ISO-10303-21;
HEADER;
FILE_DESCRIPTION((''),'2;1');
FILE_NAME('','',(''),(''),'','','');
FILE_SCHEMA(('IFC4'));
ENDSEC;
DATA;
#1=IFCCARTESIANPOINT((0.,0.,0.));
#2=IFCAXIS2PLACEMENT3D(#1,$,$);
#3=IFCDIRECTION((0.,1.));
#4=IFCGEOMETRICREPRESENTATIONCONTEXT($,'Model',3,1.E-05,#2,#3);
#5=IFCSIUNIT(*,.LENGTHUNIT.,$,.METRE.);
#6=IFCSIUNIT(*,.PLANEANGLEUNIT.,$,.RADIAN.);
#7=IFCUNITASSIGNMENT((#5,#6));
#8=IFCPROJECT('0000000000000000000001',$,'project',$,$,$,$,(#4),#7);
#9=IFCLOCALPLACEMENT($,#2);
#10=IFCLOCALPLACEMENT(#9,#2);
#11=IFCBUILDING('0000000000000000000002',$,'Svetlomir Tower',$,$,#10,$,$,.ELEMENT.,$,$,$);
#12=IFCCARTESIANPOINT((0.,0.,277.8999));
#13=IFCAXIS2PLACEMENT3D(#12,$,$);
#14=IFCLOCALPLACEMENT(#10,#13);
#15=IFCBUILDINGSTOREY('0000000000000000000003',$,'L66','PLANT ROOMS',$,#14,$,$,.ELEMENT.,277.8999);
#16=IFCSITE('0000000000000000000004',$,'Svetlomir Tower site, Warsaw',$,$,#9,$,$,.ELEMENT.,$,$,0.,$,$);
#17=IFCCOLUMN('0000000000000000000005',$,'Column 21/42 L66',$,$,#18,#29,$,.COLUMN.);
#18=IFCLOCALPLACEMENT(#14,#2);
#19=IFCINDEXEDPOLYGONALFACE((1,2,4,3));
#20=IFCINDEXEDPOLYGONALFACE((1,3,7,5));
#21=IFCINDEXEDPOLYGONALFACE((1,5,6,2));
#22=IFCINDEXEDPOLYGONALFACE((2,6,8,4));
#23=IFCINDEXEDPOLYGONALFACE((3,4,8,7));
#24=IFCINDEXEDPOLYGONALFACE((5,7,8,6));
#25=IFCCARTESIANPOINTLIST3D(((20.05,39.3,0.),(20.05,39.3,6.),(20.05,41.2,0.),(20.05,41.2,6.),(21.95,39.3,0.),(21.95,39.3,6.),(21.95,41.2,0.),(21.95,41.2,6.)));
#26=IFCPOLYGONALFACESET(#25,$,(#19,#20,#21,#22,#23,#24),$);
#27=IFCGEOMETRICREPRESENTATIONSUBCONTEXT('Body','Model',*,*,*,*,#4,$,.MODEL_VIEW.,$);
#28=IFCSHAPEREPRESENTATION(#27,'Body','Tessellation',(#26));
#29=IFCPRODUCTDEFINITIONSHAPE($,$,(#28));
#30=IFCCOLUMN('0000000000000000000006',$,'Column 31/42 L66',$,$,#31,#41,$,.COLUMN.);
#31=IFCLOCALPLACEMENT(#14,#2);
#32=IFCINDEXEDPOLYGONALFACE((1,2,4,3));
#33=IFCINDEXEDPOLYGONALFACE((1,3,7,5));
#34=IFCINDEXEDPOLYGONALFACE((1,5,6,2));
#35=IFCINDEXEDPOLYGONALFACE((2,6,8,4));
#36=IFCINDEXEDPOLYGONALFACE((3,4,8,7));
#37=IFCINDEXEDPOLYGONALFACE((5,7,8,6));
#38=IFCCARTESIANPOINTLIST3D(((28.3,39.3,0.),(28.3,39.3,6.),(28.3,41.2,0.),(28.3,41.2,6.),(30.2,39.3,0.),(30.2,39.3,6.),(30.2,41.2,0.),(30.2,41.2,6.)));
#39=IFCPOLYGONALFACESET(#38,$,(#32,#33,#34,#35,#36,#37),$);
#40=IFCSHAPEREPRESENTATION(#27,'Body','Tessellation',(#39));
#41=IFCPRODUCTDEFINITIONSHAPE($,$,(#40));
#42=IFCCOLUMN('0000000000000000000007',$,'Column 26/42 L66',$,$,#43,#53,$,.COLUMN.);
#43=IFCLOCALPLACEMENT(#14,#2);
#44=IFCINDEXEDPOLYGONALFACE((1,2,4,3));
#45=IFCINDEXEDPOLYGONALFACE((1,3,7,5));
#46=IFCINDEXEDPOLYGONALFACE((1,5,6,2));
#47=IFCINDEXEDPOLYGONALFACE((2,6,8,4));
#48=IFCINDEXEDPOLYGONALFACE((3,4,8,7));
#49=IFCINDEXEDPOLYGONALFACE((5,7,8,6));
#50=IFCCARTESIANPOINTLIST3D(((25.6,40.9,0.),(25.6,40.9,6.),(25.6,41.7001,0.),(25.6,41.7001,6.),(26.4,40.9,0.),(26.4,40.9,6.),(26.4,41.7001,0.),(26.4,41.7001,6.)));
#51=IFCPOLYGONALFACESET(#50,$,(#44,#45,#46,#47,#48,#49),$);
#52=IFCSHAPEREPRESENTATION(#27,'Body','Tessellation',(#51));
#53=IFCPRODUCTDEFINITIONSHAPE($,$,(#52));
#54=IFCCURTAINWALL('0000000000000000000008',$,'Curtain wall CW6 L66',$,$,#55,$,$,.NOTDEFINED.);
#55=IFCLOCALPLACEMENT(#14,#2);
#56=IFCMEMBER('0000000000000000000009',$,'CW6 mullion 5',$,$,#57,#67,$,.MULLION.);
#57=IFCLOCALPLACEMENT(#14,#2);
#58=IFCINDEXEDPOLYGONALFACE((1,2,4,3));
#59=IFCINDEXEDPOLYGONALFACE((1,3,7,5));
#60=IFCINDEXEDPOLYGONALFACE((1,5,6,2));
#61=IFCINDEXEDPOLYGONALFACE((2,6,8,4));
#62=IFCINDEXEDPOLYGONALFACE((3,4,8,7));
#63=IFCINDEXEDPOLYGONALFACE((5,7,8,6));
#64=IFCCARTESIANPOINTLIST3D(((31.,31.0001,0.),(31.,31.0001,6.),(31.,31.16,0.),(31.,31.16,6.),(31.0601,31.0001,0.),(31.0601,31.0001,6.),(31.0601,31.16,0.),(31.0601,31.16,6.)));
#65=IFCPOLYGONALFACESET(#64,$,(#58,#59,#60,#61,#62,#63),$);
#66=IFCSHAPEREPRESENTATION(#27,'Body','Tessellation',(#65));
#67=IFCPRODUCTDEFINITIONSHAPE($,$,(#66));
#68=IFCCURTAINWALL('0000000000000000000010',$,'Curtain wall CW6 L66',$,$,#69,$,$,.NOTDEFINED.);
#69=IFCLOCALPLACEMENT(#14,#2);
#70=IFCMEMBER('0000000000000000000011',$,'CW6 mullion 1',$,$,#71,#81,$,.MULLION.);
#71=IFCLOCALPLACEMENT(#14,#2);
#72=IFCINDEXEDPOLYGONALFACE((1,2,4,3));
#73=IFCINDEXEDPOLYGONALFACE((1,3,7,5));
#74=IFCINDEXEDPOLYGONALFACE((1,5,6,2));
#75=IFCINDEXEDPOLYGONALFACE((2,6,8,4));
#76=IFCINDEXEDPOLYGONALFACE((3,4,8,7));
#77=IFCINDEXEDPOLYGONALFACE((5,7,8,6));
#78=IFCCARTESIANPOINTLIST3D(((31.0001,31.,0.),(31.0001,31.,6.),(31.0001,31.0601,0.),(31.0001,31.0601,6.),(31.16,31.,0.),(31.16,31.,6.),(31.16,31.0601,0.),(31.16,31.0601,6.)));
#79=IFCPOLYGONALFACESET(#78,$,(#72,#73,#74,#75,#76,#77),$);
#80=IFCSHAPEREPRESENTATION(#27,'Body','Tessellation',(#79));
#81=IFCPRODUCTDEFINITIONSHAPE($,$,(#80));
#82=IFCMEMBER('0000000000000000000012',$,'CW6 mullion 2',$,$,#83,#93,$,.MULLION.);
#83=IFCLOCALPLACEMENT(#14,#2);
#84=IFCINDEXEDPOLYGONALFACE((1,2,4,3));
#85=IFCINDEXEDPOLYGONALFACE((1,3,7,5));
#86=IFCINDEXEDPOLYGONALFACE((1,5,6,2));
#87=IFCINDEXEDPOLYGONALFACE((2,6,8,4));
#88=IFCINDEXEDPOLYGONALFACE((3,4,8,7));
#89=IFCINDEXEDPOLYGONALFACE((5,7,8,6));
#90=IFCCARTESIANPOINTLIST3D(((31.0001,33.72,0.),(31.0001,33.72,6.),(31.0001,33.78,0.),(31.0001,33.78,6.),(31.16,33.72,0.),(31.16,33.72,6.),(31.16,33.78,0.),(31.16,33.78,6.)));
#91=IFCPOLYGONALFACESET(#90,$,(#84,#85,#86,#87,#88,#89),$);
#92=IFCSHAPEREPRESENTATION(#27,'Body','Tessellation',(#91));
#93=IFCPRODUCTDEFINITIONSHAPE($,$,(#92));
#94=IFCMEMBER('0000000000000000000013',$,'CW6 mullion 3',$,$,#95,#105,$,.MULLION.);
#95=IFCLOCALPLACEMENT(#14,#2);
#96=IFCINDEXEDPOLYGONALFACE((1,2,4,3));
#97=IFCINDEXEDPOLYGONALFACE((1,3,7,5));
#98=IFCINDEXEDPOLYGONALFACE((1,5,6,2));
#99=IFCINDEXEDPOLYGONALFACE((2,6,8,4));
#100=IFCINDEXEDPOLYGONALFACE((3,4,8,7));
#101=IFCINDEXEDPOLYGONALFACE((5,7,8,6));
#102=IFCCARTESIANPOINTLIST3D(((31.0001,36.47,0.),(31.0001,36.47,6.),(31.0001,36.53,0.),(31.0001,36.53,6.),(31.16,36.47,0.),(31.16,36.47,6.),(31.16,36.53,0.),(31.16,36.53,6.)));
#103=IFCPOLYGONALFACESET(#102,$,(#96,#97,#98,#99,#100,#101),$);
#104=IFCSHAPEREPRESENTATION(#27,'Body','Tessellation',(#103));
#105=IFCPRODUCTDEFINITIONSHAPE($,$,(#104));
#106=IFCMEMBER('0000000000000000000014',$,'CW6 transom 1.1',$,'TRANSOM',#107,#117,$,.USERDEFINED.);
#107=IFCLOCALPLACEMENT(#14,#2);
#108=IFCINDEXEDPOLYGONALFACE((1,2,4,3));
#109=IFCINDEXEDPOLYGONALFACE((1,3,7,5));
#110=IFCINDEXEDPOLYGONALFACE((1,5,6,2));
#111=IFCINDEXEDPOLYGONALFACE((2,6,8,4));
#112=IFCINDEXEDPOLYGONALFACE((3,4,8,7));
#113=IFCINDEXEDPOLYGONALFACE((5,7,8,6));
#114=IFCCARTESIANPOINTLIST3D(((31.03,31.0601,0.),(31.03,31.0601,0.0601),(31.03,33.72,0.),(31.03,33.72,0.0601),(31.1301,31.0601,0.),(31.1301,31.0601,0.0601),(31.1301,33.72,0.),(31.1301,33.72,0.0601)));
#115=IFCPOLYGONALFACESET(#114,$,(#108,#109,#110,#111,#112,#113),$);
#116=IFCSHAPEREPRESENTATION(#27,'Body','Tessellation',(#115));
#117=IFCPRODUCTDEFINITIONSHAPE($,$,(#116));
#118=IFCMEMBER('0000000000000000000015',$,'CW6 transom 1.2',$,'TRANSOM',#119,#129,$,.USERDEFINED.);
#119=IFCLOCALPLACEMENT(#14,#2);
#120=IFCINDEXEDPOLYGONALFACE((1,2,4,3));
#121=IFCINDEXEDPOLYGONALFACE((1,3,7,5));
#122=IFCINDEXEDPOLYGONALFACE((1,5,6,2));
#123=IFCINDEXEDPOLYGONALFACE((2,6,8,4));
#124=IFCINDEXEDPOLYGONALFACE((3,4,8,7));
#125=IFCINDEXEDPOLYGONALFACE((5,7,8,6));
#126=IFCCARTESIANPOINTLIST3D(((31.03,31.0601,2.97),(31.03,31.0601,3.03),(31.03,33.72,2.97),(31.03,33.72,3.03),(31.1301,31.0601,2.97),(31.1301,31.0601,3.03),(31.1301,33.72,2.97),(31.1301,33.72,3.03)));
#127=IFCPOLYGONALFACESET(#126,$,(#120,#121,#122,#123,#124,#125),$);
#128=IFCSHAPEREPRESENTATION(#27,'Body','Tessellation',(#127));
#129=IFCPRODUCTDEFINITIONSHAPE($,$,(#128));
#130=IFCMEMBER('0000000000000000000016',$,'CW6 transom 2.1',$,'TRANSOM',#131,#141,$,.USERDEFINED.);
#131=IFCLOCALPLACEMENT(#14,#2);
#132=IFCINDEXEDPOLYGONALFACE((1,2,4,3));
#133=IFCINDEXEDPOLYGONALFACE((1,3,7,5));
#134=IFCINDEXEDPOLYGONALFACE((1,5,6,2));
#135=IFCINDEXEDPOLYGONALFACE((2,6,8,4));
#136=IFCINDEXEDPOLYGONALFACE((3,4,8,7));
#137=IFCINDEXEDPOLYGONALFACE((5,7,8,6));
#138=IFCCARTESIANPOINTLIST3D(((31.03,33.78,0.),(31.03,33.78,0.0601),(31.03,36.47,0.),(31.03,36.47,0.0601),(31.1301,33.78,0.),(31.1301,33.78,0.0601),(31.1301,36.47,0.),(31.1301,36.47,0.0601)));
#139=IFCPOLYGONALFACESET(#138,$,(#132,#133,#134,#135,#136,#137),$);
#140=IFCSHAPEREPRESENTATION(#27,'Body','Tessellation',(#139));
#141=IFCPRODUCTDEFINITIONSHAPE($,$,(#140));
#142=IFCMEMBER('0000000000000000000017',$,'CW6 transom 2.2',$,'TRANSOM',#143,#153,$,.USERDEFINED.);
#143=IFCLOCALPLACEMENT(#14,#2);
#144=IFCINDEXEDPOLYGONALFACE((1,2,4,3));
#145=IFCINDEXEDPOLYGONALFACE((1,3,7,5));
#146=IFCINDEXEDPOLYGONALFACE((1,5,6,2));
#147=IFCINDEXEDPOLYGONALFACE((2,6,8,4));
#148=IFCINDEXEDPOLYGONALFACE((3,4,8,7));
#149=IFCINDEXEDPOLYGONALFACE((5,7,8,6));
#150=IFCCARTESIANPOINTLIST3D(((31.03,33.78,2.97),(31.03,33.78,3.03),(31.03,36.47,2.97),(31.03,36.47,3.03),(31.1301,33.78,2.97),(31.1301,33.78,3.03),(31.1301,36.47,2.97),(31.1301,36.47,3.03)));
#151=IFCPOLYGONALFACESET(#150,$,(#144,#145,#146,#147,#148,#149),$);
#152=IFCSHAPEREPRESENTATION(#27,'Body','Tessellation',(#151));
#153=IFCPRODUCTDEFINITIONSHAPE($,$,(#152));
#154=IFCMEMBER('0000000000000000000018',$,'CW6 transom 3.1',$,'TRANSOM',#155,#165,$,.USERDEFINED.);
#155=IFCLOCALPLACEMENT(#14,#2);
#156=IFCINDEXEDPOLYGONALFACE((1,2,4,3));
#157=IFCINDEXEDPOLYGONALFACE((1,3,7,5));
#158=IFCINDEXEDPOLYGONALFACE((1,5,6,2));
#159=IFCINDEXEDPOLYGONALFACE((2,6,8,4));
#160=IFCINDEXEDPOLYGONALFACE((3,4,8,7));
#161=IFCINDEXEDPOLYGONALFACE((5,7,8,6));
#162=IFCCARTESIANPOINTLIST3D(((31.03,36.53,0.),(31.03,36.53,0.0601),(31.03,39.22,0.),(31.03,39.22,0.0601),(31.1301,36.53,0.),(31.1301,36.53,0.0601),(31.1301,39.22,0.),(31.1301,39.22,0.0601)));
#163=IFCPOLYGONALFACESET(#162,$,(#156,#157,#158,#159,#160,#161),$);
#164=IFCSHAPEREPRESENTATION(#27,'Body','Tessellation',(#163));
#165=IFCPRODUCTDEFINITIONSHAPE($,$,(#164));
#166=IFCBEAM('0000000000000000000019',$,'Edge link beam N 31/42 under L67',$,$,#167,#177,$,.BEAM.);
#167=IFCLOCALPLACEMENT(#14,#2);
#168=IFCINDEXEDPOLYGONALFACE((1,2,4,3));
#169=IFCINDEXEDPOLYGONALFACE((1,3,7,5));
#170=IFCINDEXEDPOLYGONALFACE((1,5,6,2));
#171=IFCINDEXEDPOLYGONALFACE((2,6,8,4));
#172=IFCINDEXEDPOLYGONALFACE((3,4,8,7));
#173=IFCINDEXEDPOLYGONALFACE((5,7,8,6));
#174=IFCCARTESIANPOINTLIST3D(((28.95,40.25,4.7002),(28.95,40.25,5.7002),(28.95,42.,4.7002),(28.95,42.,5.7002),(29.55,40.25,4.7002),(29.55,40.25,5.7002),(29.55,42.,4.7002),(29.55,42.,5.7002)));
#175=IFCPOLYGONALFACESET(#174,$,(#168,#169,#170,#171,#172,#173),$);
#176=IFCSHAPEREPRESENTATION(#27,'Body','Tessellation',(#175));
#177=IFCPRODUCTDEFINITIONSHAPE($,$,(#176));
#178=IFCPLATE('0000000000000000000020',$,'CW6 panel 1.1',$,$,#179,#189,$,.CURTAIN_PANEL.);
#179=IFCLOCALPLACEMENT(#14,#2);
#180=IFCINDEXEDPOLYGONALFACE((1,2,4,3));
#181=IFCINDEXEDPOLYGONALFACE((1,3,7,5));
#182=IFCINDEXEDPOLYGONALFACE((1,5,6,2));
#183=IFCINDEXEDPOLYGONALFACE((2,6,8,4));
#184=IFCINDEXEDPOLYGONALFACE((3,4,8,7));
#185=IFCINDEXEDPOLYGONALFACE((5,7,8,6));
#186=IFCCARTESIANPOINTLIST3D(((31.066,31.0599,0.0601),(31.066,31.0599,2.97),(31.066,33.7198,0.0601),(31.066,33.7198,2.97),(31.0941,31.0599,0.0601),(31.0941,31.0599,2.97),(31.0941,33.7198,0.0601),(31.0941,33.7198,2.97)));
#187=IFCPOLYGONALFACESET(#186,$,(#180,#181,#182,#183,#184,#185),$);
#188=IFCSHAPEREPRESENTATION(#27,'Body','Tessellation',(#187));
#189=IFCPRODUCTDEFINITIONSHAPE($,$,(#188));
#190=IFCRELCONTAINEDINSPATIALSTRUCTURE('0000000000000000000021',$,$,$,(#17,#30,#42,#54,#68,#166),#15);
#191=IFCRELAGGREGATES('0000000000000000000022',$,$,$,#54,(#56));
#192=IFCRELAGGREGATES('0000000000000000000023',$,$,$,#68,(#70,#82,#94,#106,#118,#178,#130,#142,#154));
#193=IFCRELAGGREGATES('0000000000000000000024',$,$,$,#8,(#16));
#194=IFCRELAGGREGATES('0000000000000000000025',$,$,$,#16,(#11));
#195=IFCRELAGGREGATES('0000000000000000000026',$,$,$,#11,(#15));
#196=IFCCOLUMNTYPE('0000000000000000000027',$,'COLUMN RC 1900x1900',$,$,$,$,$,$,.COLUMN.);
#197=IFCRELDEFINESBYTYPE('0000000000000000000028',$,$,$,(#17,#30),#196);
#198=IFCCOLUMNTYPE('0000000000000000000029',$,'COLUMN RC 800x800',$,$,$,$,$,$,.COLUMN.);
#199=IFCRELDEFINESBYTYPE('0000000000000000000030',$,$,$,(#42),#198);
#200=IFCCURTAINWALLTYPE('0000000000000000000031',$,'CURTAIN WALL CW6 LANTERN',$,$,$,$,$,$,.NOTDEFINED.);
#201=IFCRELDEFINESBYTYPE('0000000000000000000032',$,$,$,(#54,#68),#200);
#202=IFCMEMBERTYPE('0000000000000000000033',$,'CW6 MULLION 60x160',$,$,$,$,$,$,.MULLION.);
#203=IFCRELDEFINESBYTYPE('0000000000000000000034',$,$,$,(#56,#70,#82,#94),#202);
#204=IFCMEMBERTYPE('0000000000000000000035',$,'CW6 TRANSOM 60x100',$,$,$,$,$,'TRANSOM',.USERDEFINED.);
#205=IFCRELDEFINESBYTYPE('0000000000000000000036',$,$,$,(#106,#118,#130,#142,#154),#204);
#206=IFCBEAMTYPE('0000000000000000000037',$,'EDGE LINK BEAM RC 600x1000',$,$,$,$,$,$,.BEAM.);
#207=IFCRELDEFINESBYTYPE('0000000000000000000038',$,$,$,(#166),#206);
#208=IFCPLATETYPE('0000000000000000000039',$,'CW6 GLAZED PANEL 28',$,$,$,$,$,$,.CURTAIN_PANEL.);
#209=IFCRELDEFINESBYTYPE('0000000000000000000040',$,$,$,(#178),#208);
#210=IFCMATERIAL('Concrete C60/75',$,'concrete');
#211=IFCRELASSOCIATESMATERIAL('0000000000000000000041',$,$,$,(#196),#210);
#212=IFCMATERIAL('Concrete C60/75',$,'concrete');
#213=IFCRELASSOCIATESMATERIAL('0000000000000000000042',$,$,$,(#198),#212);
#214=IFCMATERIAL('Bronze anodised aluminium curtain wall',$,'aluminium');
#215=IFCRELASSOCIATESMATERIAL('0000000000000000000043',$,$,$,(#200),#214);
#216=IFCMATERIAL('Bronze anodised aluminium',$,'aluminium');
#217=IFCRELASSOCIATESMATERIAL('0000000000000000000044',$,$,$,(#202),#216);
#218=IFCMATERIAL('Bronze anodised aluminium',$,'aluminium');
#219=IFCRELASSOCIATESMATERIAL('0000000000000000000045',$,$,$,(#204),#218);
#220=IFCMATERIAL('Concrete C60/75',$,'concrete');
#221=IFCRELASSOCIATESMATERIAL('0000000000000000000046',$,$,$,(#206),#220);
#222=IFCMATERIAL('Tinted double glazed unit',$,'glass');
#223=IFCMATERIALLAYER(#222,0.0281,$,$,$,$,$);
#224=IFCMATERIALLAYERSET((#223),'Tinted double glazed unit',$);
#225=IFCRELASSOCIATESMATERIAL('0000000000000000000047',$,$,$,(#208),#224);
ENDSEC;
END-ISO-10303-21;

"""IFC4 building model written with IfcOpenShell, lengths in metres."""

from ifc_helpers import new_model, si_unit, direction, frame, origin, origin_2d, place, context, subcontext, project, spatial, rectangle, extrude, material, layer, layer_set, material_profile, profile_set, type_object, element, aggregate, save


model = new_model("IFC4")

# Units and contexts
model_context = context("Model", 3, precision=1e-05, world=origin(), true_north=direction((0.0, 1.0)))
body_context = subcontext(model_context, "Body", "Model", "MODEL_VIEW")
ifc_project = project(units=[si_unit("LENGTHUNIT", "METRE"), si_unit("PLANEANGLEUNIT", "RADIAN")], contexts=[model_context])

# Site, building, storey
site_placement = place(None, origin())
site = spatial("IfcSite", under=ifc_project, at=site_placement, Name="Svetlomir Tower site, Warsaw", CompositionType="ELEMENT", RefElevation=0.0)
building_placement = place(site_placement, origin())
building = spatial("IfcBuilding", under=site, at=building_placement, Name="Svetlomir Tower", CompositionType="ELEMENT")
storey_placement = place(building_placement, frame((0.0, 0.0, 277.8999)))
storey = spatial("IfcBuildingStorey", under=building, at=storey_placement, Name="L66", Description="PLANT ROOMS", CompositionType="ELEMENT", Elevation=277.8999)

# Columns
ifc_material_1 = material(Name="Concrete C60/75", Category="concrete")
ifc_material_profile_1 = material_profile(ifc_material_1, rectangle(XDim=1.8999, YDim=1.8999, at=origin_2d()), Name="RC 1900x1900")
ifc_profile_set_1 = profile_set([ifc_material_profile_1], Name="Concrete C60/75")
column_type_1 = type_object("IfcColumnType", Name="COLUMN RC 1900x1900", PredefinedType="COLUMN", material=ifc_profile_set_1)
for number, where, z_axis, x_axis, name in (
    (1, (21.0, 40.25, 0.0), (0.0, 0.0, 1.0), (1.0, 0.0, 0.0), "Column 21/42 L66"),
    (2, (29.25, 40.25, 0.0), (0.0, 0.0, 1.0), (1.0, 0.0, 0.0), "Column 31/42 L66"),
):
    element("IfcColumn", number, at=place(storey_placement, frame(where, z_axis=z_axis, x_axis=x_axis)), inside=storey, type_object=column_type_1, Name=name, PredefinedType="COLUMN", context=body_context, shape_type="SweptSolid", body=[
        extrude(rectangle(XDim=1.8999, YDim=1.8999, at=origin_2d()), origin(), (0.0, 0.0, 1.0), 6.0),
    ])
ifc_material_2 = material(Name="Concrete C60/75", Category="concrete")
ifc_material_profile_2 = material_profile(ifc_material_2, rectangle(XDim=0.8, YDim=0.8, at=origin_2d()), Name="RC 800x800")
ifc_profile_set_2 = profile_set([ifc_material_profile_2], Name="Concrete C60/75")
column_type_2 = type_object("IfcColumnType", Name="COLUMN RC 800x800", PredefinedType="COLUMN", material=ifc_profile_set_2)
column_placement = place(storey_placement, frame((26.0, 41.3, 0.0), z_axis=(0.0, 0.0, 1.0), x_axis=(1.0, 0.0, 0.0)))
element("IfcColumn", 3, at=column_placement, inside=storey, type_object=column_type_2, Name="Column 26/42 L66", PredefinedType="COLUMN", context=body_context, shape_type="SweptSolid", body=[
    extrude(rectangle(XDim=0.8, YDim=0.8, at=origin_2d()), origin(), (0.0, 0.0, 1.0), 6.0),
])

# Curtain wall, member
ifc_material_3 = material(Name="Bronze anodised aluminium curtain wall", Category="aluminium")
curtain_wall_type = type_object("IfcCurtainWallType", Name="CURTAIN WALL CW6 LANTERN", PredefinedType="NOTDEFINED", material=ifc_material_3)
curtain_wall_1_placement = place(storey_placement, origin())
curtain_wall_1 = element("IfcCurtainWall", 4, at=curtain_wall_1_placement, inside=storey, type_object=curtain_wall_type, Name="Curtain wall CW6 L66", PredefinedType="NOTDEFINED")
ifc_material_4 = material(Name="Bronze anodised aluminium", Category="aluminium")
ifc_material_profile_3 = material_profile(ifc_material_4, rectangle(XDim=0.0601, YDim=0.1599, at=origin_2d()), Name="AL 60x160")
ifc_profile_set_3 = profile_set([ifc_material_profile_3], Name="Bronze anodised aluminium 6063-T6")
member_type_1 = type_object("IfcMemberType", Name="CW6 MULLION 60x160", PredefinedType="MULLION", material=ifc_profile_set_3)
member_1_placement = place(storey_placement, frame((31.03, 31.0801, 0.0), z_axis=(0.0, 0.0, 1.0), x_axis=(-1.0, 0.0, 0.0)))
member_1 = element("IfcMember", 5, at=member_1_placement, type_object=member_type_1, Name="CW6 mullion 5", PredefinedType="MULLION", context=body_context, shape_type="SweptSolid", body=[
    extrude(rectangle(XDim=0.0601, YDim=0.1599, at=origin_2d()), origin(), (0.0, 0.0, 1.0), 6.0),
])
aggregate(curtain_wall_1, [member_1])

# Curtain wall, members
curtain_wall_2_placement = place(storey_placement, origin())
curtain_wall_2 = element("IfcCurtainWall", 6, at=curtain_wall_2_placement, inside=storey, type_object=curtain_wall_type, Name="Curtain wall CW6 L66", PredefinedType="NOTDEFINED")
member_2_placement = place(storey_placement, frame((31.0801, 31.03, 0.0), z_axis=(0.0, 0.0, 1.0), x_axis=(0.0, 1.0, 0.0)))
member_2 = element("IfcMember", 7, at=member_2_placement, type_object=member_type_1, Name="CW6 mullion 1", PredefinedType="MULLION", context=body_context, shape_type="SweptSolid", body=[
    extrude(rectangle(XDim=0.0601, YDim=0.1599, at=origin_2d()), origin(), (0.0, 0.0, 1.0), 6.0),
])
member_3_placement = place(storey_placement, frame((31.0801, 33.75, 0.0), z_axis=(0.0, 0.0, 1.0), x_axis=(0.0, 1.0, 0.0)))
member_3 = element("IfcMember", 8, at=member_3_placement, type_object=member_type_1, Name="CW6 mullion 2", PredefinedType="MULLION", context=body_context, shape_type="SweptSolid", body=[
    extrude(rectangle(XDim=0.0601, YDim=0.1599, at=origin_2d()), origin(), (0.0, 0.0, 1.0), 6.0),
])
member_4_placement = place(storey_placement, frame((31.0801, 36.5, 0.0), z_axis=(0.0, 0.0, 1.0), x_axis=(0.0, 1.0, 0.0)))
member_4 = element("IfcMember", 9, at=member_4_placement, type_object=member_type_1, Name="CW6 mullion 3", PredefinedType="MULLION", context=body_context, shape_type="SweptSolid", body=[
    extrude(rectangle(XDim=0.0601, YDim=0.1599, at=origin_2d()), origin(), (0.0, 0.0, 1.0), 6.0),
])
ifc_material_5 = material(Name="Bronze anodised aluminium", Category="aluminium")
ifc_material_profile_4 = material_profile(ifc_material_5, rectangle(XDim=0.1001, YDim=0.0601, at=origin_2d()), Name="AL 100x60")
ifc_profile_set_4 = profile_set([ifc_material_profile_4], Name="Bronze anodised aluminium 6063-T6")
member_type_2 = type_object("IfcMemberType", Name="CW6 TRANSOM 60x100", ElementType="TRANSOM", PredefinedType="USERDEFINED", material=ifc_profile_set_4)
member_5_placement = place(storey_placement, frame((31.0801, 31.0601, 0.03), z_axis=(0.0, 1.0, 0.0), x_axis=(-1.0, 0.0, 0.0)))
member_5 = element("IfcMember", 10, at=member_5_placement, type_object=member_type_2, Name="CW6 transom 1.1", ObjectType="TRANSOM", PredefinedType="USERDEFINED", context=body_context, shape_type="SweptSolid", body=[
    extrude(rectangle(XDim=0.1001, YDim=0.0601, at=origin_2d()), origin(), (0.0, 0.0, 1.0), 2.6599),
])
member_6_placement = place(storey_placement, frame((31.0801, 31.0601, 3.0), z_axis=(0.0, 1.0, 0.0), x_axis=(-1.0, 0.0, 0.0)))
member_6 = element("IfcMember", 11, at=member_6_placement, type_object=member_type_2, Name="CW6 transom 1.2", ObjectType="TRANSOM", PredefinedType="USERDEFINED", context=body_context, shape_type="SweptSolid", body=[
    extrude(rectangle(XDim=0.1001, YDim=0.0601, at=origin_2d()), origin(), (0.0, 0.0, 1.0), 2.6599),
])
member_7_placement = place(storey_placement, frame((31.0801, 33.78, 0.03), z_axis=(0.0, 1.0, 0.0), x_axis=(-1.0, 0.0, 0.0)))
member_7 = element("IfcMember", 12, at=member_7_placement, type_object=member_type_2, Name="CW6 transom 2.1", ObjectType="TRANSOM", PredefinedType="USERDEFINED", context=body_context, shape_type="SweptSolid", body=[
    extrude(rectangle(XDim=0.1001, YDim=0.0601, at=origin_2d()), origin(), (0.0, 0.0, 1.0), 2.6899),
])
member_8_placement = place(storey_placement, frame((31.0801, 33.78, 3.0), z_axis=(0.0, 1.0, 0.0), x_axis=(-1.0, 0.0, 0.0)))
member_8 = element("IfcMember", 13, at=member_8_placement, type_object=member_type_2, Name="CW6 transom 2.2", ObjectType="TRANSOM", PredefinedType="USERDEFINED", context=body_context, shape_type="SweptSolid", body=[
    extrude(rectangle(XDim=0.1001, YDim=0.0601, at=origin_2d()), origin(), (0.0, 0.0, 1.0), 2.6899),
])
member_9_placement = place(storey_placement, frame((31.0801, 36.53, 0.03), z_axis=(0.0, 1.0, 0.0), x_axis=(-1.0, 0.0, 0.0)))
member_9 = element("IfcMember", 14, at=member_9_placement, type_object=member_type_2, Name="CW6 transom 3.1", ObjectType="TRANSOM", PredefinedType="USERDEFINED", context=body_context, shape_type="SweptSolid", body=[
    extrude(rectangle(XDim=0.1001, YDim=0.0601, at=origin_2d()), origin(), (0.0, 0.0, 1.0), 2.6899),
])

# Beam
ifc_material_6 = material(Name="Concrete C60/75", Category="concrete")
ifc_material_profile_5 = material_profile(ifc_material_6, rectangle(XDim=0.6001, YDim=1.0, at=origin_2d()), Name="RC 600x1000")
ifc_profile_set_5 = profile_set([ifc_material_profile_5], Name="Concrete C60/75")
beam_type = type_object("IfcBeamType", Name="EDGE LINK BEAM RC 600x1000", PredefinedType="BEAM", material=ifc_profile_set_5)
beam_placement = place(storey_placement, frame((29.25, 40.25, 5.2002), z_axis=(0.0, 1.0, 0.0), x_axis=(-1.0, 0.0, 0.0)))
element("IfcBeam", 15, at=beam_placement, inside=storey, type_object=beam_type, Name="Edge link beam N 31/42 under L67", PredefinedType="BEAM", context=body_context, shape_type="SweptSolid", body=[
    extrude(rectangle(XDim=0.6001, YDim=1.0, at=origin_2d()), origin(), (0.0, 0.0, 1.0), 1.75),
])

# Plate
ifc_material_7 = material(Name="Tinted double glazed unit", Category="glass")
ifc_layer_1 = layer(ifc_material_7, 0.0281)
ifc_layer_set_1 = layer_set([ifc_layer_1], Name="Tinted double glazed unit")
plate_type = type_object("IfcPlateType", Name="CW6 GLAZED PANEL 28", PredefinedType="CURTAIN_PANEL", material=ifc_layer_set_1)
plate_1_placement = place(storey_placement, frame((31.0801, 32.3899, 0.0601), z_axis=(0.0, 0.0, 1.0), x_axis=(0.0, 1.0, 0.0)))
plate_1 = element("IfcPlate", 16, at=plate_1_placement, type_object=plate_type, Name="CW6 panel 1.1", PredefinedType="CURTAIN_PANEL", context=body_context, shape_type="SweptSolid", body=[
    extrude(rectangle(XDim=2.6599, YDim=0.0281, at=origin_2d()), origin(), (0.0, 0.0, 1.0), 2.9099),
])
aggregate(curtain_wall_2, [member_2, member_3, member_4, member_5, member_6, plate_1, member_7, member_8, member_9])

save(model, "model.ifc")
